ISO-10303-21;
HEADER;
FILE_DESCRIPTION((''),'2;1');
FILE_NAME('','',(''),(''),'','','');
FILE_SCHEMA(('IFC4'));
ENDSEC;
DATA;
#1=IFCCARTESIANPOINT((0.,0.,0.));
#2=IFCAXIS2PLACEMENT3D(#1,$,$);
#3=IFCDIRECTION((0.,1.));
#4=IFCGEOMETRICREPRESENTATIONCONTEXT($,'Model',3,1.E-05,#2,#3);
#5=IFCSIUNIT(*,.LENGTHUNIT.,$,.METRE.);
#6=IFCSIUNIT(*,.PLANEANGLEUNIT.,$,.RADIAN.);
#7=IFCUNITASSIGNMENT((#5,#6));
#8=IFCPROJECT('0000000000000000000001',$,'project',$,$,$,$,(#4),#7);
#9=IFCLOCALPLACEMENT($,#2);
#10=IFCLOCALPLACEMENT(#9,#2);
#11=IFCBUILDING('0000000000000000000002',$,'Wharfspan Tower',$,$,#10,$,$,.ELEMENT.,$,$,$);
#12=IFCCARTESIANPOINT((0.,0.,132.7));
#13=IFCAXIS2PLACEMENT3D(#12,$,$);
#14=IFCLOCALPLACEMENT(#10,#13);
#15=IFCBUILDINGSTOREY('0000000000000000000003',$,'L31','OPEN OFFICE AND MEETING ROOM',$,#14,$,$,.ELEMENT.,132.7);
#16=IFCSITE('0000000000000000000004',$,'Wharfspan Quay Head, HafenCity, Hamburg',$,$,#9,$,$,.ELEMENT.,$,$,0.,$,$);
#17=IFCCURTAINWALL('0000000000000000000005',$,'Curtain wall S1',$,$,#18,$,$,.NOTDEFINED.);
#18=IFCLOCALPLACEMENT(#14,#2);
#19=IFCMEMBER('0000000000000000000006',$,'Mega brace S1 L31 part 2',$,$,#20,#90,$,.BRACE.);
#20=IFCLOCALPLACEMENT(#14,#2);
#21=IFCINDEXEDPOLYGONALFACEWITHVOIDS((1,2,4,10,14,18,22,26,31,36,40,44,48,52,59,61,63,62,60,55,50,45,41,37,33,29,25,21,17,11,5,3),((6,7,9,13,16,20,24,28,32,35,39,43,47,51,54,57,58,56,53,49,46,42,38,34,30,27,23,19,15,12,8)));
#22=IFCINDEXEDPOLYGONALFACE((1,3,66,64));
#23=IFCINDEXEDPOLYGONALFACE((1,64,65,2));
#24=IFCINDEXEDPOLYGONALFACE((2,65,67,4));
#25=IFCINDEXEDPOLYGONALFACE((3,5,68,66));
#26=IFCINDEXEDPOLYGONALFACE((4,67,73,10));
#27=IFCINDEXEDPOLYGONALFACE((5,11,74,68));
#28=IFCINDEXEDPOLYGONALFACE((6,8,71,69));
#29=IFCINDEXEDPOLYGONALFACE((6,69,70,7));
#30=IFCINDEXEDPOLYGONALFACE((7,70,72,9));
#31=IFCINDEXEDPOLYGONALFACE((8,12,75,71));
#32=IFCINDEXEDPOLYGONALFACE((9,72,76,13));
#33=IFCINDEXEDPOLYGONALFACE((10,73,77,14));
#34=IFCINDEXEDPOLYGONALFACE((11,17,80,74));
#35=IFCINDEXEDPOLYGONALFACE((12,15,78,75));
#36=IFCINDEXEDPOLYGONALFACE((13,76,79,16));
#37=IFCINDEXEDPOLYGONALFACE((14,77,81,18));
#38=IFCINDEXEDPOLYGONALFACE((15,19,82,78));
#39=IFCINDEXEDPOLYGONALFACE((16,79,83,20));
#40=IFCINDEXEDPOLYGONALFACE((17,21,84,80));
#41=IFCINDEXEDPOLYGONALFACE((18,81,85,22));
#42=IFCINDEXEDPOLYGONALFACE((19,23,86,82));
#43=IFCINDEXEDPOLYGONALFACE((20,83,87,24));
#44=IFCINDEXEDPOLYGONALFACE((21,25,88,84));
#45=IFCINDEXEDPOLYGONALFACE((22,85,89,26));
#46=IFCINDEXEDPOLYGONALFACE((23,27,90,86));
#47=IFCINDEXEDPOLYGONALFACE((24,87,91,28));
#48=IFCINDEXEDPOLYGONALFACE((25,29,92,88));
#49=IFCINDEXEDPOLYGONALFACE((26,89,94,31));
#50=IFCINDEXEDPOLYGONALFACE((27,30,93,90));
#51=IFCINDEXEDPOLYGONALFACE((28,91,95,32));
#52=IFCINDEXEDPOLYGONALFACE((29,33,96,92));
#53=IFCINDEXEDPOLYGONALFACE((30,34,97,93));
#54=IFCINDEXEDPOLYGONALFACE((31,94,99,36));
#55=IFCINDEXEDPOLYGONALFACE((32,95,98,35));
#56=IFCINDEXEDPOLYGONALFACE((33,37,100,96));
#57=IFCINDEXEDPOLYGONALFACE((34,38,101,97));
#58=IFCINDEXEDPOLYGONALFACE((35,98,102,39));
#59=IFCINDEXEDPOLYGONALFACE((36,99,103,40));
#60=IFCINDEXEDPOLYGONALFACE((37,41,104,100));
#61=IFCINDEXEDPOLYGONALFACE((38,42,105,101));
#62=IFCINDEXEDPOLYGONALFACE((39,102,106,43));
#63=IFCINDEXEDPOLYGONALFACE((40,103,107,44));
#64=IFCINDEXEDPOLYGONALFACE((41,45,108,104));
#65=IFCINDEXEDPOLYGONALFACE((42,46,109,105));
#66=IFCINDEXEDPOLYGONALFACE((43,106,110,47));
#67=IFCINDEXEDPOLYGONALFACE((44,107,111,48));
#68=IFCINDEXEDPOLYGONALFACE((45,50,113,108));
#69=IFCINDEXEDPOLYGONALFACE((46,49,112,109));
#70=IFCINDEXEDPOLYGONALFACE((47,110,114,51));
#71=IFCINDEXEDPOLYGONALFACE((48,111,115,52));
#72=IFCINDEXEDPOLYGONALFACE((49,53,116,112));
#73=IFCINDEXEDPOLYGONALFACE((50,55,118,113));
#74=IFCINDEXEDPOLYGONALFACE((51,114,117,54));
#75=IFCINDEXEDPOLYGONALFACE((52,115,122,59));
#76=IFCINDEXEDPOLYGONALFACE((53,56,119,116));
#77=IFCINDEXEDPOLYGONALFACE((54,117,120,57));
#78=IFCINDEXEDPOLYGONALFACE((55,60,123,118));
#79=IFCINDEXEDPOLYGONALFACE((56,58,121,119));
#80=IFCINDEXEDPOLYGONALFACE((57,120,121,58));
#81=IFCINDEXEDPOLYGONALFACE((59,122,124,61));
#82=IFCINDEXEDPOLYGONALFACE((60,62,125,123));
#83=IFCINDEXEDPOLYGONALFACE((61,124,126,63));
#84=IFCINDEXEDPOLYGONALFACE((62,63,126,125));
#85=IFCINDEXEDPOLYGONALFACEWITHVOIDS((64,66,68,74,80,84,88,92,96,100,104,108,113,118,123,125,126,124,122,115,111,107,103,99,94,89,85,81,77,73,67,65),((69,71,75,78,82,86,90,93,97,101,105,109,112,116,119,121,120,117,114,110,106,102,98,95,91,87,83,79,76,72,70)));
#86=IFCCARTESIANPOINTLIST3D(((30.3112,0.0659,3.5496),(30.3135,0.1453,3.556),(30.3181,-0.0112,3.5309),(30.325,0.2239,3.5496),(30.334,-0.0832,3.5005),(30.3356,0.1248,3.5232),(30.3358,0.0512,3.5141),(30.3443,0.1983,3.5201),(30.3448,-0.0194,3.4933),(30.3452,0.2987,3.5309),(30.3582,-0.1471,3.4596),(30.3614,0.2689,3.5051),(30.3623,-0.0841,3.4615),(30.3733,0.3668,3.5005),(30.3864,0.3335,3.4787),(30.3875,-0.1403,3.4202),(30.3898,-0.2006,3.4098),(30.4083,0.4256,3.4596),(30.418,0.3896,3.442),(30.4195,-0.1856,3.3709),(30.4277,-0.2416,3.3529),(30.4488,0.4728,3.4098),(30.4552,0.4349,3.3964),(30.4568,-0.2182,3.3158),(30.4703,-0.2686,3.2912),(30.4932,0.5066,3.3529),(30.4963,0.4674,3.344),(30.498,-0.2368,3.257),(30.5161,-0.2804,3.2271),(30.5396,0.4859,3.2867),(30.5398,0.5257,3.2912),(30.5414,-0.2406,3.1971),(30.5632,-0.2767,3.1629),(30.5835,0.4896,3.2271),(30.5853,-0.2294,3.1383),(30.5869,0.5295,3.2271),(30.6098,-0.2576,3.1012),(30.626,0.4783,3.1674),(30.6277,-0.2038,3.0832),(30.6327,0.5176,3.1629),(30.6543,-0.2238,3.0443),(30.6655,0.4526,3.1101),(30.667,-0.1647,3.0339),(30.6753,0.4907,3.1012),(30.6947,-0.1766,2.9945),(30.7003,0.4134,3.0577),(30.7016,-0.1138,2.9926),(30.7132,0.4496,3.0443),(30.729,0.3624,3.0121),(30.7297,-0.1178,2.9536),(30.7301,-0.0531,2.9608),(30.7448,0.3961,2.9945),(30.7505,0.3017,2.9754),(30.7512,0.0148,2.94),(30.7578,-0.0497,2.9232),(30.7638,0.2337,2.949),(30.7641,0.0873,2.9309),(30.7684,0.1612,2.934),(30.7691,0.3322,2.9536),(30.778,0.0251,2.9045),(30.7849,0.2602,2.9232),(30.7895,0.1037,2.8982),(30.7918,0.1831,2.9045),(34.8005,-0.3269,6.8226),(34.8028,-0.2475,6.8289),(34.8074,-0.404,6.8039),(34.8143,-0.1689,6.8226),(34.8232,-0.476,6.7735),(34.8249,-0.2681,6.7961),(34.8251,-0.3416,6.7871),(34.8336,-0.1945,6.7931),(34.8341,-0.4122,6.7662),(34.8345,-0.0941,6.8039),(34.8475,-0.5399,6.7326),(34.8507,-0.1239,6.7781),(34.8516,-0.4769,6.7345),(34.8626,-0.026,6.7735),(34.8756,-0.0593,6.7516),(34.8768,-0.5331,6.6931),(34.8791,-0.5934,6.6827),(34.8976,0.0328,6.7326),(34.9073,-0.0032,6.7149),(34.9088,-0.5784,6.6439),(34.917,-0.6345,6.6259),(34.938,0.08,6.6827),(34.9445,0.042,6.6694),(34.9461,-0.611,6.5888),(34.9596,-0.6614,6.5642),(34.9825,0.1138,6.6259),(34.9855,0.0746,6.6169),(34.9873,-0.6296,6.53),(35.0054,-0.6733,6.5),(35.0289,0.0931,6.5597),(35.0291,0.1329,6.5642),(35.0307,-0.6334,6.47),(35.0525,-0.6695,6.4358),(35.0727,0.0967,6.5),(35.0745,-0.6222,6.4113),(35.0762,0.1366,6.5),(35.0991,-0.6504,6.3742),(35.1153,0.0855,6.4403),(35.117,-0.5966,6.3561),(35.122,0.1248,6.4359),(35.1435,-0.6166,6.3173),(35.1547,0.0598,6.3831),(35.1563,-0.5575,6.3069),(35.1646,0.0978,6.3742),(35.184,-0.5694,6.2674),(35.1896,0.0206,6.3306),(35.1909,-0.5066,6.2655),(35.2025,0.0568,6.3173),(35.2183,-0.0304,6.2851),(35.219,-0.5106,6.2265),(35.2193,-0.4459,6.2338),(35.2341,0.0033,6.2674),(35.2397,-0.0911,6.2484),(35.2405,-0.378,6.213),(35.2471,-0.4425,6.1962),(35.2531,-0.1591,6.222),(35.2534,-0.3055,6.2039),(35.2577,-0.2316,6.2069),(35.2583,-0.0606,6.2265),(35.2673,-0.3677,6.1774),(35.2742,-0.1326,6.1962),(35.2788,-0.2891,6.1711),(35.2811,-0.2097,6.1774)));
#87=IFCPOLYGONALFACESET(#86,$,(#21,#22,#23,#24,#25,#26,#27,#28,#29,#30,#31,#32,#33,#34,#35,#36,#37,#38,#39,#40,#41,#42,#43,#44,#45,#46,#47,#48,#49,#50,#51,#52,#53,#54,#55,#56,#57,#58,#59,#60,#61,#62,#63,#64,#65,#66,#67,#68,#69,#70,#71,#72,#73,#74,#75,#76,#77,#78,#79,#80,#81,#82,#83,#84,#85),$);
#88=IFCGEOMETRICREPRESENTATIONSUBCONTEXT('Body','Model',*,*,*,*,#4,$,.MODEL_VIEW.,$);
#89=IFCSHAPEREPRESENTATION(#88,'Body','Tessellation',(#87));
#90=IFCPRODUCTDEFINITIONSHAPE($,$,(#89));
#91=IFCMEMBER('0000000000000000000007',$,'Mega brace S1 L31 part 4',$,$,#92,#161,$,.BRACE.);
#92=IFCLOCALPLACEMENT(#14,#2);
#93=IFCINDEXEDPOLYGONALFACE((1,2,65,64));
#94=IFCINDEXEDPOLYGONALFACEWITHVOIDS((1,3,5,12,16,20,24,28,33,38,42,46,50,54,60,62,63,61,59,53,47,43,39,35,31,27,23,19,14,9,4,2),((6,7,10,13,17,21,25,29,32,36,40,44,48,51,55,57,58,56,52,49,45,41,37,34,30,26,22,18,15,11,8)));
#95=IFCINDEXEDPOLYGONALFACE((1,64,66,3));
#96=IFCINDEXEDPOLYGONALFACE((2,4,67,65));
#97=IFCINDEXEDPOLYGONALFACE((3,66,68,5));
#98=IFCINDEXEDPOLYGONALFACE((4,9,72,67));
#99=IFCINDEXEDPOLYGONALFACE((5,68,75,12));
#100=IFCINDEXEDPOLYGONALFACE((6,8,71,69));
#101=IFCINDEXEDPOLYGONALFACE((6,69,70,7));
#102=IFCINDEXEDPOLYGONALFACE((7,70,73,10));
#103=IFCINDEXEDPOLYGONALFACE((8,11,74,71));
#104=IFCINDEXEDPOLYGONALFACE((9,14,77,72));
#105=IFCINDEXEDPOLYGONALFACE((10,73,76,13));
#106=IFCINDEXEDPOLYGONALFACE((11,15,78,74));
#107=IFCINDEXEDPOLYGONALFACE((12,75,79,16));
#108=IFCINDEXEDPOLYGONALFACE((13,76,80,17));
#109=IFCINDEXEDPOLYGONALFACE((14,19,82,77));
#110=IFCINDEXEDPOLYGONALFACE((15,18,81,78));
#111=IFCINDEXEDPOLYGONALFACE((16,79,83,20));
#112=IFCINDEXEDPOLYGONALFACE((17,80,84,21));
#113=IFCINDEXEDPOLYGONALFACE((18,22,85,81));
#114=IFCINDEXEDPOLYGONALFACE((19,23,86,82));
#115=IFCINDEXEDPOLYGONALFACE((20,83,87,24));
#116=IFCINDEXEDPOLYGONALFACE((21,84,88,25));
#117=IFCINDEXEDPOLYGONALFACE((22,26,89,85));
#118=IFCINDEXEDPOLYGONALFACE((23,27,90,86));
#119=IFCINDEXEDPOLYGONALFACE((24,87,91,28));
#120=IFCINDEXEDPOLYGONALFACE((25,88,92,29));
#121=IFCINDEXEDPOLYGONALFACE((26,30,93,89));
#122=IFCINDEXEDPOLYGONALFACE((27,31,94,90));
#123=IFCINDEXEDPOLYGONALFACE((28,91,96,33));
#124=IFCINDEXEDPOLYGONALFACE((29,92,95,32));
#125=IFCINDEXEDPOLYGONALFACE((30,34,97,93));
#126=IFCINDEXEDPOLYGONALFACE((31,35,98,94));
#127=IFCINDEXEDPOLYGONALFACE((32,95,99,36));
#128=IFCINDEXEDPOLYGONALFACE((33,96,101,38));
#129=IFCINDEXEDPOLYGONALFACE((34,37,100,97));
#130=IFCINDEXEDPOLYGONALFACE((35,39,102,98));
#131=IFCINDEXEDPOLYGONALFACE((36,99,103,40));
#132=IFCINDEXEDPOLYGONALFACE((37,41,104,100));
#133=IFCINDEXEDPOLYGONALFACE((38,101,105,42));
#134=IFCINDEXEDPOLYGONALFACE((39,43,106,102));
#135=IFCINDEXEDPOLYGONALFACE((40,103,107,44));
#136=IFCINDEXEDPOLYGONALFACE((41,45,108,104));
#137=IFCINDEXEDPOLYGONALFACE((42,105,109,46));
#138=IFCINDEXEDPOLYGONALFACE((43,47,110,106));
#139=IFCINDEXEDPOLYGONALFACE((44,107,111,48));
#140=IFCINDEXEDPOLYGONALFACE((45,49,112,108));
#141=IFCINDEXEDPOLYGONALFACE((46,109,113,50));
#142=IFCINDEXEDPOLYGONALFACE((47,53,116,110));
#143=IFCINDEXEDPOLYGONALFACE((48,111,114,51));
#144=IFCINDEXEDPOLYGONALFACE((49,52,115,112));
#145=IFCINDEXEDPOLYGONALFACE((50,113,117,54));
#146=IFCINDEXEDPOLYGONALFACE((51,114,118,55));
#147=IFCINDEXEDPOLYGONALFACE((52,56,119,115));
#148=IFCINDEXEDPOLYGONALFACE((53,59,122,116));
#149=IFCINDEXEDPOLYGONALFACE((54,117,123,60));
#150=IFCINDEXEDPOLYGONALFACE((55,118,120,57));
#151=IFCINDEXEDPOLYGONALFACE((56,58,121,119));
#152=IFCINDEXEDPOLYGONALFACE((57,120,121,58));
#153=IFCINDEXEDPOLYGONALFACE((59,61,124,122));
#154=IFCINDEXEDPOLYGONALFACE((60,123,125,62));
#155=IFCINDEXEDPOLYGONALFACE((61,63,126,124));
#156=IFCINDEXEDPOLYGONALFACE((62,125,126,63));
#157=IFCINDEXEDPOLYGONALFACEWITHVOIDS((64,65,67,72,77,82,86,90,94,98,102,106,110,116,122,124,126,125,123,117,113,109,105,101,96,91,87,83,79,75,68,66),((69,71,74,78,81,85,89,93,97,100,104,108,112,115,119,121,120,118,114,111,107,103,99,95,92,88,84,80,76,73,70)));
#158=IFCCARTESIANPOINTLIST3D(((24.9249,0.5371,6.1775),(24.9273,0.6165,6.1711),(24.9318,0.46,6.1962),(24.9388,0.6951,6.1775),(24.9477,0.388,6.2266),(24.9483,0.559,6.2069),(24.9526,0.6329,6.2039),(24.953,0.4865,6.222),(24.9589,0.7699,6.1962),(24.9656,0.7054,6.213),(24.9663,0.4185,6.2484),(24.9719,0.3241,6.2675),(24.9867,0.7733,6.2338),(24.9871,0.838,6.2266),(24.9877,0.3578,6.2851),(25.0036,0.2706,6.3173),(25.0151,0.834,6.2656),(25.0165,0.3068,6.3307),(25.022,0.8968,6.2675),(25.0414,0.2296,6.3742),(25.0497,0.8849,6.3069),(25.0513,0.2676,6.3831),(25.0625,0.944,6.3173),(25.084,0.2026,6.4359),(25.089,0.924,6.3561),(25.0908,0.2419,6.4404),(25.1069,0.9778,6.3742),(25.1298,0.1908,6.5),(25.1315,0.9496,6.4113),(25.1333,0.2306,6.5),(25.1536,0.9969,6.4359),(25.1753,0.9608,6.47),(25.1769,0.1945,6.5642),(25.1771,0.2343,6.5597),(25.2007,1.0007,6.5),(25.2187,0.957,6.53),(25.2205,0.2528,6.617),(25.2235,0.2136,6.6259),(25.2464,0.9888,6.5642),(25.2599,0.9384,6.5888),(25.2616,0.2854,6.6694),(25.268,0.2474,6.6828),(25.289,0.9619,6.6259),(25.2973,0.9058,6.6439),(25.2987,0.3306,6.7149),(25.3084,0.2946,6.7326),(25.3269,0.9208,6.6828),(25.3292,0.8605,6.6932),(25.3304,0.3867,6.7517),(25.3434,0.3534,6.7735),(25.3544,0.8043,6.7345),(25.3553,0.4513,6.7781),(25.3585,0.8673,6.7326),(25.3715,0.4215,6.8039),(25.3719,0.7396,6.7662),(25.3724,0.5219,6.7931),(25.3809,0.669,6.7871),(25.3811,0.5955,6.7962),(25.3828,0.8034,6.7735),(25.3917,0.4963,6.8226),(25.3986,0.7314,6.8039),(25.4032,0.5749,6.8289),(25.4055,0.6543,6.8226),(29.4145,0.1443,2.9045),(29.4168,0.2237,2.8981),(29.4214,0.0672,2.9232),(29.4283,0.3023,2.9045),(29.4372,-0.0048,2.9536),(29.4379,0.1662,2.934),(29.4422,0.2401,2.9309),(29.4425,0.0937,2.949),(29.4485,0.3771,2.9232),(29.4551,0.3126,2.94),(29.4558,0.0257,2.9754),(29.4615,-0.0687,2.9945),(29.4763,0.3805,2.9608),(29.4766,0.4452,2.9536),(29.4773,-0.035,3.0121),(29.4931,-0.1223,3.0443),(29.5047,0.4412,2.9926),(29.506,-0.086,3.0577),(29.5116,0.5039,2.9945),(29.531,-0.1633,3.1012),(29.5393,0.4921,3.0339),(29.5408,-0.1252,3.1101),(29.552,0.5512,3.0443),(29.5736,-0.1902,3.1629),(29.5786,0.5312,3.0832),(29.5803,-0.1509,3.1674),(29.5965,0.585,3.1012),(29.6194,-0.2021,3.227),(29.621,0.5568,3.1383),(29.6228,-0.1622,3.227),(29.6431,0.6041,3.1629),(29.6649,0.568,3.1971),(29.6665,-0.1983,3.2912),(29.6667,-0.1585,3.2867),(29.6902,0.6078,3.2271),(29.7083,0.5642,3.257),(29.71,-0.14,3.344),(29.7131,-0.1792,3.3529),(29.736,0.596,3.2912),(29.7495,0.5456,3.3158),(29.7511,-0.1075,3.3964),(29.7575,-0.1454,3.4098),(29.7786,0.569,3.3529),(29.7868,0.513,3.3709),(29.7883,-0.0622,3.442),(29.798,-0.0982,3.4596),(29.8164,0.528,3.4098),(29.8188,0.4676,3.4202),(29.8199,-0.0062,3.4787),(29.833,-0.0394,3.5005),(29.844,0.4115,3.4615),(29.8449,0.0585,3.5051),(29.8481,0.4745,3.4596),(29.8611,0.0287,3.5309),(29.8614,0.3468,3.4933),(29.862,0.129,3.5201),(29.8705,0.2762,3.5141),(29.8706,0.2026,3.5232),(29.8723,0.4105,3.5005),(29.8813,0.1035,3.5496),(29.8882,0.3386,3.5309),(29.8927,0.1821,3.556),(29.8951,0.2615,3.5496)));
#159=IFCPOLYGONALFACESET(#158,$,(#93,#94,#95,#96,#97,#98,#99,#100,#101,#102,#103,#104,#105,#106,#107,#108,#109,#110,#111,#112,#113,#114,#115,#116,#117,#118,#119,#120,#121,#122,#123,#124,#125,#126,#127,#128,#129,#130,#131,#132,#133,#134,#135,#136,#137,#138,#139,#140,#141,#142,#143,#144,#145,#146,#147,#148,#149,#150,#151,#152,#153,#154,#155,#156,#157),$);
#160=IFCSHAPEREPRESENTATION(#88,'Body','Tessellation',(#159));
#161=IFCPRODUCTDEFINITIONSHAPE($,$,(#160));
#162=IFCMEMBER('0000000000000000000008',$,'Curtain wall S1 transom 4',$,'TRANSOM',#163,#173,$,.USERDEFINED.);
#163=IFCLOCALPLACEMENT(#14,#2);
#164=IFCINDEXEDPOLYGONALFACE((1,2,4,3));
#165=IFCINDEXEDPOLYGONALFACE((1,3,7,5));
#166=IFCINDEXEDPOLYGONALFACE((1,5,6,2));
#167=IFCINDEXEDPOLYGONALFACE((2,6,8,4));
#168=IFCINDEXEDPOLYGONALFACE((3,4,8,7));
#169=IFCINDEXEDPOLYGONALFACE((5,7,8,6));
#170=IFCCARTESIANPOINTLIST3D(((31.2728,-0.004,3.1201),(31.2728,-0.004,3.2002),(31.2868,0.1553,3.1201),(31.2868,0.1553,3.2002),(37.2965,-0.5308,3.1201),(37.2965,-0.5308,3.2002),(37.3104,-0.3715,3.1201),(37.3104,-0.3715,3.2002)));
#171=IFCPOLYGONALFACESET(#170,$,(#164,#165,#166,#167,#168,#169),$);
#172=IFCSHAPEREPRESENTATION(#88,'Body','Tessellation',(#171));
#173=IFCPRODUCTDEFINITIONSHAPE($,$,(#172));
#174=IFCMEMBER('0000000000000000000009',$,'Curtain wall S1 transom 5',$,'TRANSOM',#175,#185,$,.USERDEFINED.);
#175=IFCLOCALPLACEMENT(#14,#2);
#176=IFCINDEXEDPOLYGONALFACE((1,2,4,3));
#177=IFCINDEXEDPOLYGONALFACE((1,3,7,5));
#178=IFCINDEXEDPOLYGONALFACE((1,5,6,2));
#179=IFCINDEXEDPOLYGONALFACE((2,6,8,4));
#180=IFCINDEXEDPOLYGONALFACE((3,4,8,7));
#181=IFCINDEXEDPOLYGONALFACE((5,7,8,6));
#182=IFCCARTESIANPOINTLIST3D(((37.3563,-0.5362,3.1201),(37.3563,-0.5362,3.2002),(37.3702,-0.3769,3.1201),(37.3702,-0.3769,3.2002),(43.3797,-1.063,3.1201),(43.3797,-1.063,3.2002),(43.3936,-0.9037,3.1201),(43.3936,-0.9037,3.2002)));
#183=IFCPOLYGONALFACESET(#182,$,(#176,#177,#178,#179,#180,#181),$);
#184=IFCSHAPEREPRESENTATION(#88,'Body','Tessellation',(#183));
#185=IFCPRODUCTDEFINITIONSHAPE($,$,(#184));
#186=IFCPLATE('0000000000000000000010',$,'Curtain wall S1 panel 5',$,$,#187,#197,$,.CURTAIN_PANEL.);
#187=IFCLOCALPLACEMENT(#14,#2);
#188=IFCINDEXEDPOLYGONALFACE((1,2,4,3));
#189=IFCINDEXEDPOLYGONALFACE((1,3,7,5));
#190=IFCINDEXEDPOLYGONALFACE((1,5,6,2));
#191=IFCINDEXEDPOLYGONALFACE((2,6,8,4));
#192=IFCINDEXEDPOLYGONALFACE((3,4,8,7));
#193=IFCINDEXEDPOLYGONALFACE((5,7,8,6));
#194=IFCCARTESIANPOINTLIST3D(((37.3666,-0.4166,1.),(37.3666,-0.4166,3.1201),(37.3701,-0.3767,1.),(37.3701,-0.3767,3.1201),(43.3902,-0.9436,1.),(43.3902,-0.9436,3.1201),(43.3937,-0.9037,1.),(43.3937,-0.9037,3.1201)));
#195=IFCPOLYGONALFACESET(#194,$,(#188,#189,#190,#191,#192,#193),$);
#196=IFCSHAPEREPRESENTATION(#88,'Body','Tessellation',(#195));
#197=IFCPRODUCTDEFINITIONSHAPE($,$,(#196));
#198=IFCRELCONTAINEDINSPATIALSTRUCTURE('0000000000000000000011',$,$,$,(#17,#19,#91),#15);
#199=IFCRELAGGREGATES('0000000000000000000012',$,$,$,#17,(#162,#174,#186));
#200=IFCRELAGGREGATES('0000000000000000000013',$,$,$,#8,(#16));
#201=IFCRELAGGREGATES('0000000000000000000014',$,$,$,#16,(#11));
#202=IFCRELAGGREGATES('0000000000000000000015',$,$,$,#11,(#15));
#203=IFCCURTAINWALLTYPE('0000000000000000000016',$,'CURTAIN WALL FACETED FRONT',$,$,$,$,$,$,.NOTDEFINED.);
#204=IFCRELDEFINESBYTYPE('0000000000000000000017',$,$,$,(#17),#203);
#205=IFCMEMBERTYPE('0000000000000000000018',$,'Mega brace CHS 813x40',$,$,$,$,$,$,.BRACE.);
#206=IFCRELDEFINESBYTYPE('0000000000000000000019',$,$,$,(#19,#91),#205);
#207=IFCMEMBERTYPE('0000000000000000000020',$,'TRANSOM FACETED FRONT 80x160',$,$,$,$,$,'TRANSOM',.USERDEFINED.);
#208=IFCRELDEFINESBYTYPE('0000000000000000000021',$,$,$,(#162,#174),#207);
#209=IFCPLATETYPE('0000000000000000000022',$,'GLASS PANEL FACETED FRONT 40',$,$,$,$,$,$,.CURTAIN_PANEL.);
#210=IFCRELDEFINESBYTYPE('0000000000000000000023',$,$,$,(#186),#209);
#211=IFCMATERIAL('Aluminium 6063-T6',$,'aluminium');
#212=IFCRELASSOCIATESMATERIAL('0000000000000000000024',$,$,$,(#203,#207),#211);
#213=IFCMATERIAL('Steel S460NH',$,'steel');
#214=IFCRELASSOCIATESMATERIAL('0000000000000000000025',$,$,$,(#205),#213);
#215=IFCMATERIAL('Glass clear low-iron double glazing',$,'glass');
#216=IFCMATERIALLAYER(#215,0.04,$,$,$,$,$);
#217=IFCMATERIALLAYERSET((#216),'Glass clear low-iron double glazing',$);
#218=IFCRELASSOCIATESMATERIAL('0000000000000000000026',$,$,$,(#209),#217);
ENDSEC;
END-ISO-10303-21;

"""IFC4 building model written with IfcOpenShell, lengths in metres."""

from ifc_helpers import new_model, si_unit, direction, frame, origin, origin_2d, place, context, subcontext, project, spatial, rectangle, hollow_circle, extrude, material, layer, layer_set, material_profile, profile_set, type_object, element, aggregate, save


model = new_model("IFC4")

# Units and contexts
model_context = context("Model", 3, precision=1e-05, world=origin(), true_north=direction((0.0, 1.0)))
body_context = subcontext(model_context, "Body", "Model", "MODEL_VIEW")
ifc_project = project(units=[si_unit("LENGTHUNIT", "METRE"), si_unit("PLANEANGLEUNIT", "RADIAN")], contexts=[model_context])

# Site, building, storey
site_placement = place(None, origin())
site = spatial("IfcSite", under=ifc_project, at=site_placement, Name="Wharfspan Quay Head, HafenCity, Hamburg", CompositionType="ELEMENT", RefElevation=0.0)
building_placement = place(site_placement, origin())
building = spatial("IfcBuilding", under=site, at=building_placement, Name="Wharfspan Tower", CompositionType="ELEMENT")
storey_placement = place(building_placement, frame((0.0, 0.0, 132.7)))
storey = spatial("IfcBuildingStorey", under=building, at=storey_placement, Name="L31", Description="OPEN OFFICE AND MEETING ROOM", CompositionType="ELEMENT", Elevation=132.7)

# Curtain wall
ifc_material_1 = material(Name="Aluminium 6063-T6", Category="aluminium")
curtain_wall_type = type_object("IfcCurtainWallType", Name="CURTAIN WALL FACETED FRONT", PredefinedType="NOTDEFINED", material=ifc_material_1)
curtain_wall_placement = place(storey_placement, origin())
curtain_wall = element("IfcCurtainWall", 1, at=curtain_wall_placement, inside=storey, type_object=curtain_wall_type, Name="Curtain wall S1", PredefinedType="NOTDEFINED")

# Members
ifc_material_2 = material(Name="Steel S460NH", Category="steel")
ifc_material_profile_1 = material_profile(ifc_material_2, hollow_circle(Radius=0.4065, WallThickness=0.04, at=origin_2d()))
ifc_profile_set_1 = profile_set([ifc_material_profile_1], Name="Steel S460NH")
member_type_1 = type_object("IfcMemberType", Name="Mega brace CHS 813x40", PredefinedType="BRACE", material=ifc_profile_set_1)
member_1_placement = place(storey_placement, frame((30.5515, 0.1245, 3.2271), z_axis=(0.806035, -0.07053, 0.58765), x_axis=(0.087168, 0.996195, 0.000002)))
element("IfcMember", 2, at=member_1_placement, inside=storey, type_object=member_type_1, Name="Mega brace S1 L31 part 2", PredefinedType="BRACE", context=body_context, shape_type="SweptSolid", body=[
    extrude(hollow_circle(Radius=0.4065, WallThickness=0.04, at=origin_2d()), origin(), (0.0, 0.0, 1.0), 5.5696),
])
member_2_placement = place(storey_placement, frame((29.6548, 0.2029, 3.2271), z_axis=(-0.806051, 0.070528, 0.587629), x_axis=(-0.087168, -0.996193, -0.000004)))
element("IfcMember", 3, at=member_2_placement, inside=storey, type_object=member_type_1, Name="Mega brace S1 L31 part 4", PredefinedType="BRACE", context=body_context, shape_type="SweptSolid", body=[
    extrude(hollow_circle(Radius=0.4065, WallThickness=0.04, at=origin_2d()), origin(), (0.0, 0.0, 1.0), 5.5698),
])

# Members
ifc_material_profile_2 = material_profile(ifc_material_1, rectangle(XDim=0.1599, YDim=0.0801, at=origin_2d()))
ifc_profile_set_2 = profile_set([ifc_material_profile_2], Name="Aluminium 6063-T6")
member_type_2 = type_object("IfcMemberType", Name="TRANSOM FACETED FRONT 80x160", ElementType="TRANSOM", PredefinedType="USERDEFINED", material=ifc_profile_set_2)
member_3_placement = place(storey_placement, frame((31.2798, 0.0757, 3.1602), z_axis=(0.996197, -0.087131, 0.0), x_axis=(0.087131, 0.996197, 0.0)))
member_3 = element("IfcMember", 4, at=member_3_placement, type_object=member_type_2, Name="Curtain wall S1 transom 4", ObjectType="TRANSOM", PredefinedType="USERDEFINED", context=body_context, shape_type="SweptSolid", body=[
    extrude(rectangle(XDim=0.1599, YDim=0.0801, at=origin_2d()), origin(), (0.0, 0.0, 1.0), 6.0466),
])
member_4_placement = place(storey_placement, frame((37.3633, -0.4565, 3.1602), z_axis=(0.996197, -0.087135, 0.0), x_axis=(0.087135, 0.996197, 0.0)))
member_4 = element("IfcMember", 5, at=member_4_placement, type_object=member_type_2, Name="Curtain wall S1 transom 5", ObjectType="TRANSOM", PredefinedType="USERDEFINED", context=body_context, shape_type="SweptSolid", body=[
    extrude(rectangle(XDim=0.1599, YDim=0.0801, at=origin_2d()), origin(), (0.0, 0.0, 1.0), 6.0464),
])

# Plate
ifc_material_3 = material(Name="Glass clear low-iron double glazing", Category="glass")
ifc_layer_1 = layer(ifc_material_3, 0.04)
ifc_layer_set_1 = layer_set([ifc_layer_1], Name="Glass clear low-iron double glazing")
plate_type_1 = type_object("IfcPlateType", Name="GLASS PANEL FACETED FRONT 40", PredefinedType="CURTAIN_PANEL", material=ifc_layer_set_1)
plate_1_placement = place(storey_placement, frame((40.3801, -0.6602, 1.0), z_axis=(0.0, 0.0, 1.0), x_axis=(0.996198, -0.087156, 0.0)))
plate_1 = element("IfcPlate", 6, at=plate_1_placement, type_object=plate_type_1, Name="Curtain wall S1 panel 5", PredefinedType="CURTAIN_PANEL", context=body_context, shape_type="SweptSolid", body=[
    extrude(rectangle(XDim=6.0466, YDim=0.04, at=origin_2d()), origin(), (0.0, 0.0, 1.0), 2.1201),
])
aggregate(curtain_wall, [member_3, member_4, plate_1])

save(model, "model.ifc")
